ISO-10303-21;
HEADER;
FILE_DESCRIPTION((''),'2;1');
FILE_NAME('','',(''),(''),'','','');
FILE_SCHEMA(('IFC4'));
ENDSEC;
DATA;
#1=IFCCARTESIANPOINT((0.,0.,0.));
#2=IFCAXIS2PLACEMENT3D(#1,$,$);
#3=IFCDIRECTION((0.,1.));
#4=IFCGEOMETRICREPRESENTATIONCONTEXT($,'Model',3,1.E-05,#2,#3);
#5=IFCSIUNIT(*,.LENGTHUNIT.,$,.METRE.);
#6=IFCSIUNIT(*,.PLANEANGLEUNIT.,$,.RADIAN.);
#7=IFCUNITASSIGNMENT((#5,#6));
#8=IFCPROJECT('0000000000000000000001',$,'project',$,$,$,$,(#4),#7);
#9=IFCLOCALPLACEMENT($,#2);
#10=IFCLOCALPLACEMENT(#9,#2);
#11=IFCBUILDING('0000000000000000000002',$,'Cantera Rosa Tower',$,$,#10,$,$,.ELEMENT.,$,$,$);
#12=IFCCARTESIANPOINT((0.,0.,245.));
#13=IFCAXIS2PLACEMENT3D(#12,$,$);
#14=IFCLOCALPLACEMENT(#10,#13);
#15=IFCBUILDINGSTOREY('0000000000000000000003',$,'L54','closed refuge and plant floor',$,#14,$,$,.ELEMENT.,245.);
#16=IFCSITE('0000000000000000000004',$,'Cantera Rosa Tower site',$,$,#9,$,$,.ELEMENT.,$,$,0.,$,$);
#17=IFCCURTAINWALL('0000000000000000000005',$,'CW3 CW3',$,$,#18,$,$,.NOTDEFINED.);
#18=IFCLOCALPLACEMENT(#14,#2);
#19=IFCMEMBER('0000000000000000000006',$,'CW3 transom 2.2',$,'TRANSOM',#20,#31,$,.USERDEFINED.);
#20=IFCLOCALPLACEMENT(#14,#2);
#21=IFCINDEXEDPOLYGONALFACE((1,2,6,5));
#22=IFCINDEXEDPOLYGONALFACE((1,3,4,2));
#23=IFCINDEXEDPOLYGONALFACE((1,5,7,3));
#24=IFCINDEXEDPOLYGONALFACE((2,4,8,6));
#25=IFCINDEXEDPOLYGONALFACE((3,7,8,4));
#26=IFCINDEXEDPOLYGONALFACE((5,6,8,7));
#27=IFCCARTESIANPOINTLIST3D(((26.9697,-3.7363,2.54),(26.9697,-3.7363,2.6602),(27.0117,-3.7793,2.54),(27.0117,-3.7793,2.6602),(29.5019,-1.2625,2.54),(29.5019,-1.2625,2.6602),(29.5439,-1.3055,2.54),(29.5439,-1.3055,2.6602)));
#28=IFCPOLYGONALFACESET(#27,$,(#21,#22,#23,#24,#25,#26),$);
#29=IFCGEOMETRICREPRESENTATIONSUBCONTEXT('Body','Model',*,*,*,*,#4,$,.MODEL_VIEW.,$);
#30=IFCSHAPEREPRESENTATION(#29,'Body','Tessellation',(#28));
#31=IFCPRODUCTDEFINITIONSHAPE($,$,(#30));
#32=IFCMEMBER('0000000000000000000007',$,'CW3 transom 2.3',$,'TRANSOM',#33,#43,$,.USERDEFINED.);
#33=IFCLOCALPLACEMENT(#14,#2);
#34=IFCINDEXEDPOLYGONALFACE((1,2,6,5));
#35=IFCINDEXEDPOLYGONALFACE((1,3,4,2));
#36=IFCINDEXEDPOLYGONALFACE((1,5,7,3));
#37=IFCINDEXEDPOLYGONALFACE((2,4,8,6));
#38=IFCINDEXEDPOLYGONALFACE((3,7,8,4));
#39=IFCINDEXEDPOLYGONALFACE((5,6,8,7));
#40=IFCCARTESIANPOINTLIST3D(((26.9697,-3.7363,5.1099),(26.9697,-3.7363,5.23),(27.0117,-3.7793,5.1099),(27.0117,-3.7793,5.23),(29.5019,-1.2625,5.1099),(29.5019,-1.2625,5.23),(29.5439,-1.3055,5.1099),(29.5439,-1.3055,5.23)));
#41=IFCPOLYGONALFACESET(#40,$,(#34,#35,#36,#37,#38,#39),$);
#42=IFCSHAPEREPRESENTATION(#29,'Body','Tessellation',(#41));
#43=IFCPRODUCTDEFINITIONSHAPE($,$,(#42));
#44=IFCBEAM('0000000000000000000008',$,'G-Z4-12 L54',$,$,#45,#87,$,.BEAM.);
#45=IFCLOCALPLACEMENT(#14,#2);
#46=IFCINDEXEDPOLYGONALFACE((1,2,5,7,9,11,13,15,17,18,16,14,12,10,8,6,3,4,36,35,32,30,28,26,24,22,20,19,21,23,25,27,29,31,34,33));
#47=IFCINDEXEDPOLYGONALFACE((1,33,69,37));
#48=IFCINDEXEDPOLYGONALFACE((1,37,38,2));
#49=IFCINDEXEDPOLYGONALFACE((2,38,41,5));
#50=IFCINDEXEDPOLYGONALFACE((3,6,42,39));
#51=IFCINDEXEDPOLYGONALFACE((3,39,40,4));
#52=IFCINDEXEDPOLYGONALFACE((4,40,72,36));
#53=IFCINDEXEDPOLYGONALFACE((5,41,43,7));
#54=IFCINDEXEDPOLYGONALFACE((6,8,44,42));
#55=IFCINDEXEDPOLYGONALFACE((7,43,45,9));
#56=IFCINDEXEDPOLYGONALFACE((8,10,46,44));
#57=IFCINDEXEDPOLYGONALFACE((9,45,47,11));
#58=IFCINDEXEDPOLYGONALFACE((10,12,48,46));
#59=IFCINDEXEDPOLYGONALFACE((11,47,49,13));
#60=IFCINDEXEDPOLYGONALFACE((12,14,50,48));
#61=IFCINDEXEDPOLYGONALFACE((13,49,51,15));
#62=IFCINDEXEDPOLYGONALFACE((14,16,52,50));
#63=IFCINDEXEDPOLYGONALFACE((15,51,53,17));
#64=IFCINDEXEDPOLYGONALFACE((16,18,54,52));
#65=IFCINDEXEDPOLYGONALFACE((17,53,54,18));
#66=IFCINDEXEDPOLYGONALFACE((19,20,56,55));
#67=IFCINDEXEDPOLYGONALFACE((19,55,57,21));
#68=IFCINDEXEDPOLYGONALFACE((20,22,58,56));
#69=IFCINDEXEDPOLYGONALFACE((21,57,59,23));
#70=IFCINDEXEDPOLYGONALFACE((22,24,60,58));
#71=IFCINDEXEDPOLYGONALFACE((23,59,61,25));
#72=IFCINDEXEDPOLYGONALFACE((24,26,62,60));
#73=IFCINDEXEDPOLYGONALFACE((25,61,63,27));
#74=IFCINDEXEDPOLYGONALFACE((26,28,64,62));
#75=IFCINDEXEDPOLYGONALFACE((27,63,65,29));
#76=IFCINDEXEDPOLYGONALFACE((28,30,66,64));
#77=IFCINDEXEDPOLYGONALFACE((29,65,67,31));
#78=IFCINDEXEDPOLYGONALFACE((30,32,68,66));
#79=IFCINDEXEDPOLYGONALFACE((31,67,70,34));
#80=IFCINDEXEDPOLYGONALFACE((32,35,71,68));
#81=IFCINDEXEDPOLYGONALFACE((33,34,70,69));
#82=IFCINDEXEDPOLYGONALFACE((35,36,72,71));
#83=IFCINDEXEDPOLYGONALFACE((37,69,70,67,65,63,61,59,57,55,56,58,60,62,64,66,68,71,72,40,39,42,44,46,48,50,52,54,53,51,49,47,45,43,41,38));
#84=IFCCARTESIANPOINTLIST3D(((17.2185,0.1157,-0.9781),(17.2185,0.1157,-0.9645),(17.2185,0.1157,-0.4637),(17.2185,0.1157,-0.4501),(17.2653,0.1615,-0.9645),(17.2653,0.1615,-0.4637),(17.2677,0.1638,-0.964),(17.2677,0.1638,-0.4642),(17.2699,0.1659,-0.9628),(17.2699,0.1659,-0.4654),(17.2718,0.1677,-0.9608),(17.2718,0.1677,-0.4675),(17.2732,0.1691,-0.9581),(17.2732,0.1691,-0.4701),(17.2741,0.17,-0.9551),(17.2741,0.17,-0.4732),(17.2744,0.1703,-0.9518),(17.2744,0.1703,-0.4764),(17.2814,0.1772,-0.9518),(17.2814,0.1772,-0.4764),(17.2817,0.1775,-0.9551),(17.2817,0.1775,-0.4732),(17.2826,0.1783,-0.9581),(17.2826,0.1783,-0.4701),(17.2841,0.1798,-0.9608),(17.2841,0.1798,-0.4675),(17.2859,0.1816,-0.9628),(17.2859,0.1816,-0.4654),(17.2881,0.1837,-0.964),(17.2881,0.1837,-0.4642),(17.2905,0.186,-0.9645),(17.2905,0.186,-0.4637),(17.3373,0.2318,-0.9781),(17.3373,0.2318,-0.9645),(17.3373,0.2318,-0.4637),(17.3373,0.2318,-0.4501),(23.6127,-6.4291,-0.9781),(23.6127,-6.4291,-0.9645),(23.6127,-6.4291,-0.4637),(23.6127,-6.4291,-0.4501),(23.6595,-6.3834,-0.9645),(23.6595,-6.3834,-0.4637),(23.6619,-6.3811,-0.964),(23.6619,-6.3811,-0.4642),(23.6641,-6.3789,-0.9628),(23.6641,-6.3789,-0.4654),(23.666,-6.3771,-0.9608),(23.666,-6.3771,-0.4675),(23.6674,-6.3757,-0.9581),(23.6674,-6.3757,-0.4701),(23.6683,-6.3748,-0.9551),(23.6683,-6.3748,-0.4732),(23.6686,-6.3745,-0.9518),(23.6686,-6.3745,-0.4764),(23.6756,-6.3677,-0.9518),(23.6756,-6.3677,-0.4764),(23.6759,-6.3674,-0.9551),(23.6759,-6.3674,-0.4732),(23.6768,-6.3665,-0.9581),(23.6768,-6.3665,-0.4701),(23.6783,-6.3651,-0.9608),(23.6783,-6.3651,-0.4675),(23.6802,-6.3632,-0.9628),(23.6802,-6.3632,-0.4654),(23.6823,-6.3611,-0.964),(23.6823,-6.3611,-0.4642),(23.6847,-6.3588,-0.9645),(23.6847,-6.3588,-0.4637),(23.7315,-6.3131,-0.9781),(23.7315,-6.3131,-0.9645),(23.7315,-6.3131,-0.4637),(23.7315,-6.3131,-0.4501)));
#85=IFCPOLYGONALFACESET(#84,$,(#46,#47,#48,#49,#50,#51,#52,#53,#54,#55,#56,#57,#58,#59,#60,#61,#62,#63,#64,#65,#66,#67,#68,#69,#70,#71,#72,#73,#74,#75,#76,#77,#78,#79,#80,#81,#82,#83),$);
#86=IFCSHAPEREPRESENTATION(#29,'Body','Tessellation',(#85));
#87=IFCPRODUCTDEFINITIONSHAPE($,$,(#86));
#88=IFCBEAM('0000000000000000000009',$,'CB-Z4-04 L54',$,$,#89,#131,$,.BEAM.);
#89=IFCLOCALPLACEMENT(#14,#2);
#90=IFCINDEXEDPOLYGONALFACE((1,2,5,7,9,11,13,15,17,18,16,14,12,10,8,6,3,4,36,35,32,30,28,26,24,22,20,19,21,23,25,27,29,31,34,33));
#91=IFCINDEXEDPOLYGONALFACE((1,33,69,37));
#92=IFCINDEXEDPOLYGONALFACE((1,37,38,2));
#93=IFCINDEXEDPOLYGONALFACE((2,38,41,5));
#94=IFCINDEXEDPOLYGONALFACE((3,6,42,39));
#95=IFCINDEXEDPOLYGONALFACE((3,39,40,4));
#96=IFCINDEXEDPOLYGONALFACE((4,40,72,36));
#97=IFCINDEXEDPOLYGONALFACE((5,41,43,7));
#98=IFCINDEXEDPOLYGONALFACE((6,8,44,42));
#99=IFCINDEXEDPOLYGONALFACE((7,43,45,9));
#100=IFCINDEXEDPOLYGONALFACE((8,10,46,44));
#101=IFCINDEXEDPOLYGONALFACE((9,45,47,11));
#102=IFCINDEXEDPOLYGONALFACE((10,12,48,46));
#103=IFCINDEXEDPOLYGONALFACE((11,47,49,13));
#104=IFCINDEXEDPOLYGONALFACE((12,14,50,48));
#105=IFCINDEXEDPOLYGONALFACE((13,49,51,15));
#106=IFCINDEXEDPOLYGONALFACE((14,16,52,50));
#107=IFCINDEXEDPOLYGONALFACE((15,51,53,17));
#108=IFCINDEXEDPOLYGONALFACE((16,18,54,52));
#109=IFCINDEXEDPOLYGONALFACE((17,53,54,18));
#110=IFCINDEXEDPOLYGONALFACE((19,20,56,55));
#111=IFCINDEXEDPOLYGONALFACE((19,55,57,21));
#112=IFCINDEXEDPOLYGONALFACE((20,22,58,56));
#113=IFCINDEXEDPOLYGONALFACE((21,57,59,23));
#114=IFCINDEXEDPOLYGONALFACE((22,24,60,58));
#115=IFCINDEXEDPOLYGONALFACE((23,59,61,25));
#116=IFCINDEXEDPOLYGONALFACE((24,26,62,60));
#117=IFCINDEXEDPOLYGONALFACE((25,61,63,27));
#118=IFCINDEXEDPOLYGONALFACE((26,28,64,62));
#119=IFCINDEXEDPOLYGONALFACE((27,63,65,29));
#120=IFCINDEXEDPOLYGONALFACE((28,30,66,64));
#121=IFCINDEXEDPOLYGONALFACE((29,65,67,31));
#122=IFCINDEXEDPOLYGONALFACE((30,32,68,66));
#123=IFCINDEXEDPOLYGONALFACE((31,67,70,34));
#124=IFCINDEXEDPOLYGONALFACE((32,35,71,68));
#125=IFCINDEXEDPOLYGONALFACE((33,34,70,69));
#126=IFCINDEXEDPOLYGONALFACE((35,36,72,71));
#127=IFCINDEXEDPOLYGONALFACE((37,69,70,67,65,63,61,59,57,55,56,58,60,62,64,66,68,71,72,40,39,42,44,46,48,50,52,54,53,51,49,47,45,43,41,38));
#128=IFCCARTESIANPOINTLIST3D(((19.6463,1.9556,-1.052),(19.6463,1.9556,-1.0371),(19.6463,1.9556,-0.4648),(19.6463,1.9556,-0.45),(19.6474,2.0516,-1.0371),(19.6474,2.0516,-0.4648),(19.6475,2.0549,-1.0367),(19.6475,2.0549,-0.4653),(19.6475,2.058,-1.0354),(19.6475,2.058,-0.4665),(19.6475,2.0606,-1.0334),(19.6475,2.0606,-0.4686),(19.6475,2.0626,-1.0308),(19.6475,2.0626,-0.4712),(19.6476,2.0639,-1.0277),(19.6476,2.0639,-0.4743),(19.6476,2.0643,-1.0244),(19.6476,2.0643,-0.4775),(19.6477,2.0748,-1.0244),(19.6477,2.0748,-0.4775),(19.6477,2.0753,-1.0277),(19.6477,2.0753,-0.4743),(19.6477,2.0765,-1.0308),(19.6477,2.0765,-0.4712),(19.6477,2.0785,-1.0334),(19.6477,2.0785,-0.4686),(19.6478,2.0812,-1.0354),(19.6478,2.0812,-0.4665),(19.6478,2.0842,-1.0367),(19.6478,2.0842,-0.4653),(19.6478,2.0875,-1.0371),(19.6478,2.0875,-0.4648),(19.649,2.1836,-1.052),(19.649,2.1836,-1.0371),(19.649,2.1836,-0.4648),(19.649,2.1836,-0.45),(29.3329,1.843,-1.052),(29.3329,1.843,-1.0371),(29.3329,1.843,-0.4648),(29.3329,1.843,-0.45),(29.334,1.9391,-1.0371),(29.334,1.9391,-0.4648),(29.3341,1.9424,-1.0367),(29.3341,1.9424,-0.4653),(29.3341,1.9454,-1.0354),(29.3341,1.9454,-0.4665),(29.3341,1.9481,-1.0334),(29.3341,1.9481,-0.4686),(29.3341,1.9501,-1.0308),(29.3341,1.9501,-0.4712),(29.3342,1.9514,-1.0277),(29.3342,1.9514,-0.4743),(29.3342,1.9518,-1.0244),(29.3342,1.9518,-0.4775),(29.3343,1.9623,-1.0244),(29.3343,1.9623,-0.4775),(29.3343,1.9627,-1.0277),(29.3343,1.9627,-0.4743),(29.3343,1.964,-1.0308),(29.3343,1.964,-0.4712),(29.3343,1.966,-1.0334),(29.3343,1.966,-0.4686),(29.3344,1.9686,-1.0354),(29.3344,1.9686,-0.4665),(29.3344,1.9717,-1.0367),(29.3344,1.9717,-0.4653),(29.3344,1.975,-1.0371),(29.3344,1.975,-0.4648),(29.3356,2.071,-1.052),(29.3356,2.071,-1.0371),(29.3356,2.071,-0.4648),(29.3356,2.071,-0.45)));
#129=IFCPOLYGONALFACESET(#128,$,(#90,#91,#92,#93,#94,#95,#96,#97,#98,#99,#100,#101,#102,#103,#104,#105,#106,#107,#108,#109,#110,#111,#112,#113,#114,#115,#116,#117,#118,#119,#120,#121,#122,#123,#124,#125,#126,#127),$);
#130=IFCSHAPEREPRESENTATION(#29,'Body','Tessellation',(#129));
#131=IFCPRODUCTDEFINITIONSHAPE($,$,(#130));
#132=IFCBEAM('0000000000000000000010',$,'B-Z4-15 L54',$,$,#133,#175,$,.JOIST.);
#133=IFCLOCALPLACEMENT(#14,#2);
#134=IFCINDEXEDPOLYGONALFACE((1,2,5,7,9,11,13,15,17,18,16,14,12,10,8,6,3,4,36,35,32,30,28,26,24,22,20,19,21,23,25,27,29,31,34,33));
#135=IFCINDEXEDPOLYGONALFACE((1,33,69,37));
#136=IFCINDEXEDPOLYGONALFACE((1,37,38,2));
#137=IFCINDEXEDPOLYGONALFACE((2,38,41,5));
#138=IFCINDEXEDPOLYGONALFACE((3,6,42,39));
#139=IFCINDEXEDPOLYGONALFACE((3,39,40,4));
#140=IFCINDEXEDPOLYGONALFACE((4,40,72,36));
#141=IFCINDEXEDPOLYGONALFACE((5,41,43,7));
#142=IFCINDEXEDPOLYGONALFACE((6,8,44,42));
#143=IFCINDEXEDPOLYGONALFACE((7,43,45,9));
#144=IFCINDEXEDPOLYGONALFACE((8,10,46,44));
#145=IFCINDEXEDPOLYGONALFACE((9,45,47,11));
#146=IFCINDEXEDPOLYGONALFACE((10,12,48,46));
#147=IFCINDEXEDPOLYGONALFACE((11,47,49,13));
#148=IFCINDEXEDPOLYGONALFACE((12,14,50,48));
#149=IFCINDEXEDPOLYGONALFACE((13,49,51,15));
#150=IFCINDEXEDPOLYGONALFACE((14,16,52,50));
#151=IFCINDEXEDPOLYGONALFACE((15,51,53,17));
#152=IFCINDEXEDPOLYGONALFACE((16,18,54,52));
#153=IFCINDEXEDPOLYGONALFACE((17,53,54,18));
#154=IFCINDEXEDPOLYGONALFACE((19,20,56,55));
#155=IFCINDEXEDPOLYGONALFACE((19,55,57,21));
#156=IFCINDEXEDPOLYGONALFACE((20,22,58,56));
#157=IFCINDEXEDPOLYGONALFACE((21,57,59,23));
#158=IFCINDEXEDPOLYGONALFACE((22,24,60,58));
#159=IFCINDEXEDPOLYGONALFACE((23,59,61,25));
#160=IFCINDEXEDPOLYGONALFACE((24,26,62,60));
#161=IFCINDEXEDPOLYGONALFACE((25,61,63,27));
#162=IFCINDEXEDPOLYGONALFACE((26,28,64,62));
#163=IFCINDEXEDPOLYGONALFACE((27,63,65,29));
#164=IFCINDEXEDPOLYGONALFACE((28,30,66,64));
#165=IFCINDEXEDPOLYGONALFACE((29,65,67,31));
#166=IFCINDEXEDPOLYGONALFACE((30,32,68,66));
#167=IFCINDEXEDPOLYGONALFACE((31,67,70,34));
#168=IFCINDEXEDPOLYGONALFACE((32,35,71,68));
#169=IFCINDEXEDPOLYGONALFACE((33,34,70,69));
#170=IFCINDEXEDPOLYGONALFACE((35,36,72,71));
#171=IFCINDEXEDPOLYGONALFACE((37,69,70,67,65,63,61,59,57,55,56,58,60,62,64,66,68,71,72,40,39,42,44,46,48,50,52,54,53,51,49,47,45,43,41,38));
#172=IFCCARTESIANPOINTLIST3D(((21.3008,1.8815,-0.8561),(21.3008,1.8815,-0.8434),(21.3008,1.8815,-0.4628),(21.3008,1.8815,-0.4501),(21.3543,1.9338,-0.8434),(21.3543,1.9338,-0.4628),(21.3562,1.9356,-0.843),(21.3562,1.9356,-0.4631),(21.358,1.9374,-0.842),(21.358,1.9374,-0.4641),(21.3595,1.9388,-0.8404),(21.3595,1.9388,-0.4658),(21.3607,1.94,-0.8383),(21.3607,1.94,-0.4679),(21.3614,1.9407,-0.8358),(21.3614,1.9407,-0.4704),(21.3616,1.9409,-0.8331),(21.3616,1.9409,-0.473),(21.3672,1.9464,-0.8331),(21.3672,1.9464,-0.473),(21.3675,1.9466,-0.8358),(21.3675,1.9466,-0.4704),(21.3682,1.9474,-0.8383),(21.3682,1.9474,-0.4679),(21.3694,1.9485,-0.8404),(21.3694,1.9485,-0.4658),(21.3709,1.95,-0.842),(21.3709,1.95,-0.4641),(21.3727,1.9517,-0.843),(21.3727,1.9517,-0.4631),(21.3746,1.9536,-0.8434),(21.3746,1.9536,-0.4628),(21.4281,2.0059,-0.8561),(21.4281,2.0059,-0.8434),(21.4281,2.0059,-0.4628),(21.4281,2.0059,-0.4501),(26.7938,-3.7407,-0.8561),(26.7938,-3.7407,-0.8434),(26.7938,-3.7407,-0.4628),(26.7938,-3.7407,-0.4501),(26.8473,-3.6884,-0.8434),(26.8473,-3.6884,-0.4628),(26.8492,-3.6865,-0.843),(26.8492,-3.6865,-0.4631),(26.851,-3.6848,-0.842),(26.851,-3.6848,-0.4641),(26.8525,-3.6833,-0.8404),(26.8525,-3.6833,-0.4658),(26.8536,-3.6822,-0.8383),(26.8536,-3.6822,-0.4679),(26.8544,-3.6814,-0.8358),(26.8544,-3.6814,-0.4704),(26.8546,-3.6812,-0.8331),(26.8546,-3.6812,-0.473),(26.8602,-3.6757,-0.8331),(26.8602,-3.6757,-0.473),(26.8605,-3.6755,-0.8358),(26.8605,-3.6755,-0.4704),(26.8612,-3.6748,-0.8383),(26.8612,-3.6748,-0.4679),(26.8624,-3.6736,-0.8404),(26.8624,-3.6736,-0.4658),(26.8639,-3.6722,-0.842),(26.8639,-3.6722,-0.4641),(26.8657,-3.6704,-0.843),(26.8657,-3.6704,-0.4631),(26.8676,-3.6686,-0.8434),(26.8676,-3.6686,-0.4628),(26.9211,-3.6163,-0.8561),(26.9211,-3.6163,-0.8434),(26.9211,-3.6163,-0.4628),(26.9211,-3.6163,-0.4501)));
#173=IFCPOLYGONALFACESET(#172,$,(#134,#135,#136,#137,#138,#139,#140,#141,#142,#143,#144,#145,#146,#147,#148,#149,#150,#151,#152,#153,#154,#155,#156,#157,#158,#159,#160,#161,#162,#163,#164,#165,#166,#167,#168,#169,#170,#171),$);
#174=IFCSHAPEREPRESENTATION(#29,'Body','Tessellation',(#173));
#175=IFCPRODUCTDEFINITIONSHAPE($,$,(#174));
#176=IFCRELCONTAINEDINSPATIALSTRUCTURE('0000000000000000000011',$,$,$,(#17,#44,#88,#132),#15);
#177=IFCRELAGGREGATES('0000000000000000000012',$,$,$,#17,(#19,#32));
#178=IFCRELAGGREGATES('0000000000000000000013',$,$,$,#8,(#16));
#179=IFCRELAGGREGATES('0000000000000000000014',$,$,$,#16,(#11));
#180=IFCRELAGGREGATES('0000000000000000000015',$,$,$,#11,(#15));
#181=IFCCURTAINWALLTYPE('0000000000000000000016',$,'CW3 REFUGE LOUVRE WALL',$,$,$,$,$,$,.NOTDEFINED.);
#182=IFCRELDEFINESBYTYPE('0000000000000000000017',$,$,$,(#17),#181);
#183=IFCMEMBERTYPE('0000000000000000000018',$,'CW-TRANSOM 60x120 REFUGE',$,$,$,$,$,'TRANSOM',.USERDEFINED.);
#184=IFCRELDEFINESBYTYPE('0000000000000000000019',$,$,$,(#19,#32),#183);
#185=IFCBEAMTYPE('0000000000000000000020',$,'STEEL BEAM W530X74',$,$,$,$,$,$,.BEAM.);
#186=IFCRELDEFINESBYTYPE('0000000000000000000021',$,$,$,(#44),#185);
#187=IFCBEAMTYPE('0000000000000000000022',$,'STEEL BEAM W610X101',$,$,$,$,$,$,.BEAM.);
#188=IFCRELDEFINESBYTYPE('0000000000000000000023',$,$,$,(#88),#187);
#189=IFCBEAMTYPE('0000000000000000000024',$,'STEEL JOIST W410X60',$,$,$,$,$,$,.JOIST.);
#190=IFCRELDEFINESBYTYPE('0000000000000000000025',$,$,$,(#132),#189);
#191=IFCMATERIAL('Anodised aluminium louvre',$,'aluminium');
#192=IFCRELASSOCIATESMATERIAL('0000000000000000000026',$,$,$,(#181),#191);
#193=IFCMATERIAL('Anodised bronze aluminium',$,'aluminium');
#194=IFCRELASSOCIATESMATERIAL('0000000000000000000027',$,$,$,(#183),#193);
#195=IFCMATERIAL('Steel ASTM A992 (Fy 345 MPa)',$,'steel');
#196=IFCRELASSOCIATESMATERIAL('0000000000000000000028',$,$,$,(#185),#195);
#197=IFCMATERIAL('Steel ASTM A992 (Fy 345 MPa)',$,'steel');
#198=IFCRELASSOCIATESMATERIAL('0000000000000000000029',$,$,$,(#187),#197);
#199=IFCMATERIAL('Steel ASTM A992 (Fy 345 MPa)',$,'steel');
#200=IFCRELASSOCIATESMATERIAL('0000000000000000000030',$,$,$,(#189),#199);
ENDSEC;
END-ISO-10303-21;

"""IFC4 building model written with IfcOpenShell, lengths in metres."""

from ifc_helpers import new_model, si_unit, direction, frame, origin, origin_2d, place, context, subcontext, project, spatial, rectangle, i_section, extrude, material, material_profile, profile_set, type_object, element, aggregate, save


model = new_model("IFC4")

# Units and contexts
model_context = context("Model", 3, precision=1e-05, world=origin(), true_north=direction((0.0, 1.0)))
body_context = subcontext(model_context, "Body", "Model", "MODEL_VIEW")
ifc_project = project(units=[si_unit("LENGTHUNIT", "METRE"), si_unit("PLANEANGLEUNIT", "RADIAN")], contexts=[model_context])

# Site, building, storey
site_placement = place(None, origin())
site = spatial("IfcSite", under=ifc_project, at=site_placement, Name="Cantera Rosa Tower site", CompositionType="ELEMENT", RefElevation=0.0)
building_placement = place(site_placement, origin())
building = spatial("IfcBuilding", under=site, at=building_placement, Name="Cantera Rosa Tower", CompositionType="ELEMENT")
storey_placement = place(building_placement, frame((0.0, 0.0, 245.0)))
storey = spatial("IfcBuildingStorey", under=building, at=storey_placement, Name="L54", Description="closed refuge and plant floor", CompositionType="ELEMENT", Elevation=245.0)

# Curtain wall
ifc_material_1 = material(Name="Anodised aluminium louvre", Category="aluminium")
curtain_wall_type = type_object("IfcCurtainWallType", Name="CW3 REFUGE LOUVRE WALL", PredefinedType="NOTDEFINED", material=ifc_material_1)
curtain_wall_1_placement = place(storey_placement, origin())
curtain_wall_1 = element("IfcCurtainWall", 1, at=curtain_wall_1_placement, inside=storey, type_object=curtain_wall_type, Name="CW3 CW3", PredefinedType="NOTDEFINED")

# Members
ifc_material_2 = material(Name="Anodised bronze aluminium", Category="aluminium")
ifc_material_profile_1 = material_profile(ifc_material_2, rectangle(XDim=0.0601, YDim=0.1201, at=origin_2d()), Name="CW-TRANSOM 60x120 REFUGE")
ifc_profile_set_1 = profile_set([ifc_material_profile_1], Name="Anodised bronze aluminium")
member_type_1 = type_object("IfcMemberType", Name="CW-TRANSOM 60x120 REFUGE", ElementType="TRANSOM", PredefinedType="USERDEFINED", material=ifc_profile_set_1)
member_1_placement = place(storey_placement, frame((26.9907, -3.7578, 2.6001), z_axis=(0.7153, 0.698817, 0.0), x_axis=(-0.698817, 0.7153, 0.0)))
member_1 = element("IfcMember", 2, at=member_1_placement, type_object=member_type_1, Name="CW3 transom 2.2", ObjectType="TRANSOM", PredefinedType="USERDEFINED", context=body_context, shape_type="SweptSolid", body=[
    extrude(rectangle(XDim=0.0601, YDim=0.1201, at=origin_2d()), origin(), (0.0, 0.0, 1.0), 3.54),
])
member_2_placement = place(storey_placement, frame((26.9907, -3.7578, 5.1699), z_axis=(0.7153, 0.698817, 0.0), x_axis=(-0.698817, 0.7153, 0.0)))
member_2 = element("IfcMember", 3, at=member_2_placement, type_object=member_type_1, Name="CW3 transom 2.3", ObjectType="TRANSOM", PredefinedType="USERDEFINED", context=body_context, shape_type="SweptSolid", body=[
    extrude(rectangle(XDim=0.0601, YDim=0.1201, at=origin_2d()), origin(), (0.0, 0.0, 1.0), 3.54),
])

# Beams
ifc_material_3 = material(Name="Steel ASTM A992 (Fy 345 MPa)", Category="steel")
ifc_material_profile_2 = material_profile(ifc_material_3, i_section(OverallWidth=0.166, OverallDepth=0.5281, WebThickness=0.0098, FlangeThickness=0.0137, FilletRadius=0.0127, at=origin_2d()), Name="W530X74")
ifc_profile_set_2 = profile_set([ifc_material_profile_2], Name="Steel ASTM A992 (Fy 345 MPa)")
beam_type_1 = type_object("IfcBeamType", Name="STEEL BEAM W530X74", PredefinedType="BEAM", material=ifc_profile_set_2)
beam_1_placement = place(storey_placement, frame((23.6721, -6.3711, -0.7141), z_axis=(-0.698827, 0.71529, 0.0), x_axis=(-0.71529, -0.698827, 0.0)))
element("IfcBeam", 4, at=beam_1_placement, inside=storey, type_object=beam_type_1, Name="G-Z4-12 L54", PredefinedType="BEAM", context=body_context, shape_type="SweptSolid", body=[
    extrude(i_section(OverallWidth=0.166, OverallDepth=0.5281, WebThickness=0.0098, FlangeThickness=0.0137, FilletRadius=0.0127, at=origin_2d()), origin(), (0.0, 0.0, 1.0), 9.1499),
])
ifc_material_4 = material(Name="Steel ASTM A992 (Fy 345 MPa)", Category="steel")
ifc_material_profile_3 = material_profile(ifc_material_4, i_section(OverallWidth=0.228, OverallDepth=0.6021, WebThickness=0.0105, FlangeThickness=0.0149, FilletRadius=0.0127, at=origin_2d()), Name="W610X101")
ifc_profile_set_3 = profile_set([ifc_material_profile_3], Name="Steel ASTM A992 (Fy 345 MPa)")
beam_type_2 = type_object("IfcBeamType", Name="STEEL BEAM W610X101", PredefinedType="BEAM", material=ifc_profile_set_3)
beam_2_placement = place(storey_placement, frame((29.3342, 1.957, -0.751), z_axis=(-0.999933, 0.011618, 0.0), x_axis=(-0.011618, -0.999933, 0.0)))
element("IfcBeam", 5, at=beam_2_placement, inside=storey, type_object=beam_type_2, Name="CB-Z4-04 L54", PredefinedType="BEAM", context=body_context, shape_type="SweptSolid", body=[
    extrude(i_section(OverallWidth=0.228, OverallDepth=0.6021, WebThickness=0.0105, FlangeThickness=0.0149, FilletRadius=0.0127, at=origin_2d()), origin(), (0.0, 0.0, 1.0), 9.6873),
])
ifc_material_5 = material(Name="Steel ASTM A992 (Fy 345 MPa)", Category="steel")
ifc_material_profile_4 = material_profile(ifc_material_5, i_section(OverallWidth=0.178, OverallDepth=0.406, WebThickness=0.0078, FlangeThickness=0.0127, FilletRadius=0.0103, at=origin_2d()), Name="W410X60")
ifc_profile_set_4 = profile_set([ifc_material_profile_4], Name="Steel ASTM A992 (Fy 345 MPa)")
beam_type_3 = type_object("IfcBeamType", Name="STEEL JOIST W410X60", PredefinedType="JOIST", material=ifc_profile_set_4)
beam_3_placement = place(storey_placement, frame((26.8574, -3.6785, -0.6531), z_axis=(-0.698843, 0.715275, 0.0), x_axis=(-0.715275, -0.698843, 0.0)))
element("IfcBeam", 6, at=beam_3_placement, inside=storey, type_object=beam_type_3, Name="B-Z4-15 L54", PredefinedType="JOIST", context=body_context, shape_type="SweptSolid", body=[
    extrude(i_section(OverallWidth=0.178, OverallDepth=0.406, WebThickness=0.0078, FlangeThickness=0.0127, FilletRadius=0.0103, at=origin_2d()), origin(), (0.0, 0.0, 1.0), 7.8601),
])

aggregate(curtain_wall_1, [member_1, member_2])

save(model, "model.ifc")
